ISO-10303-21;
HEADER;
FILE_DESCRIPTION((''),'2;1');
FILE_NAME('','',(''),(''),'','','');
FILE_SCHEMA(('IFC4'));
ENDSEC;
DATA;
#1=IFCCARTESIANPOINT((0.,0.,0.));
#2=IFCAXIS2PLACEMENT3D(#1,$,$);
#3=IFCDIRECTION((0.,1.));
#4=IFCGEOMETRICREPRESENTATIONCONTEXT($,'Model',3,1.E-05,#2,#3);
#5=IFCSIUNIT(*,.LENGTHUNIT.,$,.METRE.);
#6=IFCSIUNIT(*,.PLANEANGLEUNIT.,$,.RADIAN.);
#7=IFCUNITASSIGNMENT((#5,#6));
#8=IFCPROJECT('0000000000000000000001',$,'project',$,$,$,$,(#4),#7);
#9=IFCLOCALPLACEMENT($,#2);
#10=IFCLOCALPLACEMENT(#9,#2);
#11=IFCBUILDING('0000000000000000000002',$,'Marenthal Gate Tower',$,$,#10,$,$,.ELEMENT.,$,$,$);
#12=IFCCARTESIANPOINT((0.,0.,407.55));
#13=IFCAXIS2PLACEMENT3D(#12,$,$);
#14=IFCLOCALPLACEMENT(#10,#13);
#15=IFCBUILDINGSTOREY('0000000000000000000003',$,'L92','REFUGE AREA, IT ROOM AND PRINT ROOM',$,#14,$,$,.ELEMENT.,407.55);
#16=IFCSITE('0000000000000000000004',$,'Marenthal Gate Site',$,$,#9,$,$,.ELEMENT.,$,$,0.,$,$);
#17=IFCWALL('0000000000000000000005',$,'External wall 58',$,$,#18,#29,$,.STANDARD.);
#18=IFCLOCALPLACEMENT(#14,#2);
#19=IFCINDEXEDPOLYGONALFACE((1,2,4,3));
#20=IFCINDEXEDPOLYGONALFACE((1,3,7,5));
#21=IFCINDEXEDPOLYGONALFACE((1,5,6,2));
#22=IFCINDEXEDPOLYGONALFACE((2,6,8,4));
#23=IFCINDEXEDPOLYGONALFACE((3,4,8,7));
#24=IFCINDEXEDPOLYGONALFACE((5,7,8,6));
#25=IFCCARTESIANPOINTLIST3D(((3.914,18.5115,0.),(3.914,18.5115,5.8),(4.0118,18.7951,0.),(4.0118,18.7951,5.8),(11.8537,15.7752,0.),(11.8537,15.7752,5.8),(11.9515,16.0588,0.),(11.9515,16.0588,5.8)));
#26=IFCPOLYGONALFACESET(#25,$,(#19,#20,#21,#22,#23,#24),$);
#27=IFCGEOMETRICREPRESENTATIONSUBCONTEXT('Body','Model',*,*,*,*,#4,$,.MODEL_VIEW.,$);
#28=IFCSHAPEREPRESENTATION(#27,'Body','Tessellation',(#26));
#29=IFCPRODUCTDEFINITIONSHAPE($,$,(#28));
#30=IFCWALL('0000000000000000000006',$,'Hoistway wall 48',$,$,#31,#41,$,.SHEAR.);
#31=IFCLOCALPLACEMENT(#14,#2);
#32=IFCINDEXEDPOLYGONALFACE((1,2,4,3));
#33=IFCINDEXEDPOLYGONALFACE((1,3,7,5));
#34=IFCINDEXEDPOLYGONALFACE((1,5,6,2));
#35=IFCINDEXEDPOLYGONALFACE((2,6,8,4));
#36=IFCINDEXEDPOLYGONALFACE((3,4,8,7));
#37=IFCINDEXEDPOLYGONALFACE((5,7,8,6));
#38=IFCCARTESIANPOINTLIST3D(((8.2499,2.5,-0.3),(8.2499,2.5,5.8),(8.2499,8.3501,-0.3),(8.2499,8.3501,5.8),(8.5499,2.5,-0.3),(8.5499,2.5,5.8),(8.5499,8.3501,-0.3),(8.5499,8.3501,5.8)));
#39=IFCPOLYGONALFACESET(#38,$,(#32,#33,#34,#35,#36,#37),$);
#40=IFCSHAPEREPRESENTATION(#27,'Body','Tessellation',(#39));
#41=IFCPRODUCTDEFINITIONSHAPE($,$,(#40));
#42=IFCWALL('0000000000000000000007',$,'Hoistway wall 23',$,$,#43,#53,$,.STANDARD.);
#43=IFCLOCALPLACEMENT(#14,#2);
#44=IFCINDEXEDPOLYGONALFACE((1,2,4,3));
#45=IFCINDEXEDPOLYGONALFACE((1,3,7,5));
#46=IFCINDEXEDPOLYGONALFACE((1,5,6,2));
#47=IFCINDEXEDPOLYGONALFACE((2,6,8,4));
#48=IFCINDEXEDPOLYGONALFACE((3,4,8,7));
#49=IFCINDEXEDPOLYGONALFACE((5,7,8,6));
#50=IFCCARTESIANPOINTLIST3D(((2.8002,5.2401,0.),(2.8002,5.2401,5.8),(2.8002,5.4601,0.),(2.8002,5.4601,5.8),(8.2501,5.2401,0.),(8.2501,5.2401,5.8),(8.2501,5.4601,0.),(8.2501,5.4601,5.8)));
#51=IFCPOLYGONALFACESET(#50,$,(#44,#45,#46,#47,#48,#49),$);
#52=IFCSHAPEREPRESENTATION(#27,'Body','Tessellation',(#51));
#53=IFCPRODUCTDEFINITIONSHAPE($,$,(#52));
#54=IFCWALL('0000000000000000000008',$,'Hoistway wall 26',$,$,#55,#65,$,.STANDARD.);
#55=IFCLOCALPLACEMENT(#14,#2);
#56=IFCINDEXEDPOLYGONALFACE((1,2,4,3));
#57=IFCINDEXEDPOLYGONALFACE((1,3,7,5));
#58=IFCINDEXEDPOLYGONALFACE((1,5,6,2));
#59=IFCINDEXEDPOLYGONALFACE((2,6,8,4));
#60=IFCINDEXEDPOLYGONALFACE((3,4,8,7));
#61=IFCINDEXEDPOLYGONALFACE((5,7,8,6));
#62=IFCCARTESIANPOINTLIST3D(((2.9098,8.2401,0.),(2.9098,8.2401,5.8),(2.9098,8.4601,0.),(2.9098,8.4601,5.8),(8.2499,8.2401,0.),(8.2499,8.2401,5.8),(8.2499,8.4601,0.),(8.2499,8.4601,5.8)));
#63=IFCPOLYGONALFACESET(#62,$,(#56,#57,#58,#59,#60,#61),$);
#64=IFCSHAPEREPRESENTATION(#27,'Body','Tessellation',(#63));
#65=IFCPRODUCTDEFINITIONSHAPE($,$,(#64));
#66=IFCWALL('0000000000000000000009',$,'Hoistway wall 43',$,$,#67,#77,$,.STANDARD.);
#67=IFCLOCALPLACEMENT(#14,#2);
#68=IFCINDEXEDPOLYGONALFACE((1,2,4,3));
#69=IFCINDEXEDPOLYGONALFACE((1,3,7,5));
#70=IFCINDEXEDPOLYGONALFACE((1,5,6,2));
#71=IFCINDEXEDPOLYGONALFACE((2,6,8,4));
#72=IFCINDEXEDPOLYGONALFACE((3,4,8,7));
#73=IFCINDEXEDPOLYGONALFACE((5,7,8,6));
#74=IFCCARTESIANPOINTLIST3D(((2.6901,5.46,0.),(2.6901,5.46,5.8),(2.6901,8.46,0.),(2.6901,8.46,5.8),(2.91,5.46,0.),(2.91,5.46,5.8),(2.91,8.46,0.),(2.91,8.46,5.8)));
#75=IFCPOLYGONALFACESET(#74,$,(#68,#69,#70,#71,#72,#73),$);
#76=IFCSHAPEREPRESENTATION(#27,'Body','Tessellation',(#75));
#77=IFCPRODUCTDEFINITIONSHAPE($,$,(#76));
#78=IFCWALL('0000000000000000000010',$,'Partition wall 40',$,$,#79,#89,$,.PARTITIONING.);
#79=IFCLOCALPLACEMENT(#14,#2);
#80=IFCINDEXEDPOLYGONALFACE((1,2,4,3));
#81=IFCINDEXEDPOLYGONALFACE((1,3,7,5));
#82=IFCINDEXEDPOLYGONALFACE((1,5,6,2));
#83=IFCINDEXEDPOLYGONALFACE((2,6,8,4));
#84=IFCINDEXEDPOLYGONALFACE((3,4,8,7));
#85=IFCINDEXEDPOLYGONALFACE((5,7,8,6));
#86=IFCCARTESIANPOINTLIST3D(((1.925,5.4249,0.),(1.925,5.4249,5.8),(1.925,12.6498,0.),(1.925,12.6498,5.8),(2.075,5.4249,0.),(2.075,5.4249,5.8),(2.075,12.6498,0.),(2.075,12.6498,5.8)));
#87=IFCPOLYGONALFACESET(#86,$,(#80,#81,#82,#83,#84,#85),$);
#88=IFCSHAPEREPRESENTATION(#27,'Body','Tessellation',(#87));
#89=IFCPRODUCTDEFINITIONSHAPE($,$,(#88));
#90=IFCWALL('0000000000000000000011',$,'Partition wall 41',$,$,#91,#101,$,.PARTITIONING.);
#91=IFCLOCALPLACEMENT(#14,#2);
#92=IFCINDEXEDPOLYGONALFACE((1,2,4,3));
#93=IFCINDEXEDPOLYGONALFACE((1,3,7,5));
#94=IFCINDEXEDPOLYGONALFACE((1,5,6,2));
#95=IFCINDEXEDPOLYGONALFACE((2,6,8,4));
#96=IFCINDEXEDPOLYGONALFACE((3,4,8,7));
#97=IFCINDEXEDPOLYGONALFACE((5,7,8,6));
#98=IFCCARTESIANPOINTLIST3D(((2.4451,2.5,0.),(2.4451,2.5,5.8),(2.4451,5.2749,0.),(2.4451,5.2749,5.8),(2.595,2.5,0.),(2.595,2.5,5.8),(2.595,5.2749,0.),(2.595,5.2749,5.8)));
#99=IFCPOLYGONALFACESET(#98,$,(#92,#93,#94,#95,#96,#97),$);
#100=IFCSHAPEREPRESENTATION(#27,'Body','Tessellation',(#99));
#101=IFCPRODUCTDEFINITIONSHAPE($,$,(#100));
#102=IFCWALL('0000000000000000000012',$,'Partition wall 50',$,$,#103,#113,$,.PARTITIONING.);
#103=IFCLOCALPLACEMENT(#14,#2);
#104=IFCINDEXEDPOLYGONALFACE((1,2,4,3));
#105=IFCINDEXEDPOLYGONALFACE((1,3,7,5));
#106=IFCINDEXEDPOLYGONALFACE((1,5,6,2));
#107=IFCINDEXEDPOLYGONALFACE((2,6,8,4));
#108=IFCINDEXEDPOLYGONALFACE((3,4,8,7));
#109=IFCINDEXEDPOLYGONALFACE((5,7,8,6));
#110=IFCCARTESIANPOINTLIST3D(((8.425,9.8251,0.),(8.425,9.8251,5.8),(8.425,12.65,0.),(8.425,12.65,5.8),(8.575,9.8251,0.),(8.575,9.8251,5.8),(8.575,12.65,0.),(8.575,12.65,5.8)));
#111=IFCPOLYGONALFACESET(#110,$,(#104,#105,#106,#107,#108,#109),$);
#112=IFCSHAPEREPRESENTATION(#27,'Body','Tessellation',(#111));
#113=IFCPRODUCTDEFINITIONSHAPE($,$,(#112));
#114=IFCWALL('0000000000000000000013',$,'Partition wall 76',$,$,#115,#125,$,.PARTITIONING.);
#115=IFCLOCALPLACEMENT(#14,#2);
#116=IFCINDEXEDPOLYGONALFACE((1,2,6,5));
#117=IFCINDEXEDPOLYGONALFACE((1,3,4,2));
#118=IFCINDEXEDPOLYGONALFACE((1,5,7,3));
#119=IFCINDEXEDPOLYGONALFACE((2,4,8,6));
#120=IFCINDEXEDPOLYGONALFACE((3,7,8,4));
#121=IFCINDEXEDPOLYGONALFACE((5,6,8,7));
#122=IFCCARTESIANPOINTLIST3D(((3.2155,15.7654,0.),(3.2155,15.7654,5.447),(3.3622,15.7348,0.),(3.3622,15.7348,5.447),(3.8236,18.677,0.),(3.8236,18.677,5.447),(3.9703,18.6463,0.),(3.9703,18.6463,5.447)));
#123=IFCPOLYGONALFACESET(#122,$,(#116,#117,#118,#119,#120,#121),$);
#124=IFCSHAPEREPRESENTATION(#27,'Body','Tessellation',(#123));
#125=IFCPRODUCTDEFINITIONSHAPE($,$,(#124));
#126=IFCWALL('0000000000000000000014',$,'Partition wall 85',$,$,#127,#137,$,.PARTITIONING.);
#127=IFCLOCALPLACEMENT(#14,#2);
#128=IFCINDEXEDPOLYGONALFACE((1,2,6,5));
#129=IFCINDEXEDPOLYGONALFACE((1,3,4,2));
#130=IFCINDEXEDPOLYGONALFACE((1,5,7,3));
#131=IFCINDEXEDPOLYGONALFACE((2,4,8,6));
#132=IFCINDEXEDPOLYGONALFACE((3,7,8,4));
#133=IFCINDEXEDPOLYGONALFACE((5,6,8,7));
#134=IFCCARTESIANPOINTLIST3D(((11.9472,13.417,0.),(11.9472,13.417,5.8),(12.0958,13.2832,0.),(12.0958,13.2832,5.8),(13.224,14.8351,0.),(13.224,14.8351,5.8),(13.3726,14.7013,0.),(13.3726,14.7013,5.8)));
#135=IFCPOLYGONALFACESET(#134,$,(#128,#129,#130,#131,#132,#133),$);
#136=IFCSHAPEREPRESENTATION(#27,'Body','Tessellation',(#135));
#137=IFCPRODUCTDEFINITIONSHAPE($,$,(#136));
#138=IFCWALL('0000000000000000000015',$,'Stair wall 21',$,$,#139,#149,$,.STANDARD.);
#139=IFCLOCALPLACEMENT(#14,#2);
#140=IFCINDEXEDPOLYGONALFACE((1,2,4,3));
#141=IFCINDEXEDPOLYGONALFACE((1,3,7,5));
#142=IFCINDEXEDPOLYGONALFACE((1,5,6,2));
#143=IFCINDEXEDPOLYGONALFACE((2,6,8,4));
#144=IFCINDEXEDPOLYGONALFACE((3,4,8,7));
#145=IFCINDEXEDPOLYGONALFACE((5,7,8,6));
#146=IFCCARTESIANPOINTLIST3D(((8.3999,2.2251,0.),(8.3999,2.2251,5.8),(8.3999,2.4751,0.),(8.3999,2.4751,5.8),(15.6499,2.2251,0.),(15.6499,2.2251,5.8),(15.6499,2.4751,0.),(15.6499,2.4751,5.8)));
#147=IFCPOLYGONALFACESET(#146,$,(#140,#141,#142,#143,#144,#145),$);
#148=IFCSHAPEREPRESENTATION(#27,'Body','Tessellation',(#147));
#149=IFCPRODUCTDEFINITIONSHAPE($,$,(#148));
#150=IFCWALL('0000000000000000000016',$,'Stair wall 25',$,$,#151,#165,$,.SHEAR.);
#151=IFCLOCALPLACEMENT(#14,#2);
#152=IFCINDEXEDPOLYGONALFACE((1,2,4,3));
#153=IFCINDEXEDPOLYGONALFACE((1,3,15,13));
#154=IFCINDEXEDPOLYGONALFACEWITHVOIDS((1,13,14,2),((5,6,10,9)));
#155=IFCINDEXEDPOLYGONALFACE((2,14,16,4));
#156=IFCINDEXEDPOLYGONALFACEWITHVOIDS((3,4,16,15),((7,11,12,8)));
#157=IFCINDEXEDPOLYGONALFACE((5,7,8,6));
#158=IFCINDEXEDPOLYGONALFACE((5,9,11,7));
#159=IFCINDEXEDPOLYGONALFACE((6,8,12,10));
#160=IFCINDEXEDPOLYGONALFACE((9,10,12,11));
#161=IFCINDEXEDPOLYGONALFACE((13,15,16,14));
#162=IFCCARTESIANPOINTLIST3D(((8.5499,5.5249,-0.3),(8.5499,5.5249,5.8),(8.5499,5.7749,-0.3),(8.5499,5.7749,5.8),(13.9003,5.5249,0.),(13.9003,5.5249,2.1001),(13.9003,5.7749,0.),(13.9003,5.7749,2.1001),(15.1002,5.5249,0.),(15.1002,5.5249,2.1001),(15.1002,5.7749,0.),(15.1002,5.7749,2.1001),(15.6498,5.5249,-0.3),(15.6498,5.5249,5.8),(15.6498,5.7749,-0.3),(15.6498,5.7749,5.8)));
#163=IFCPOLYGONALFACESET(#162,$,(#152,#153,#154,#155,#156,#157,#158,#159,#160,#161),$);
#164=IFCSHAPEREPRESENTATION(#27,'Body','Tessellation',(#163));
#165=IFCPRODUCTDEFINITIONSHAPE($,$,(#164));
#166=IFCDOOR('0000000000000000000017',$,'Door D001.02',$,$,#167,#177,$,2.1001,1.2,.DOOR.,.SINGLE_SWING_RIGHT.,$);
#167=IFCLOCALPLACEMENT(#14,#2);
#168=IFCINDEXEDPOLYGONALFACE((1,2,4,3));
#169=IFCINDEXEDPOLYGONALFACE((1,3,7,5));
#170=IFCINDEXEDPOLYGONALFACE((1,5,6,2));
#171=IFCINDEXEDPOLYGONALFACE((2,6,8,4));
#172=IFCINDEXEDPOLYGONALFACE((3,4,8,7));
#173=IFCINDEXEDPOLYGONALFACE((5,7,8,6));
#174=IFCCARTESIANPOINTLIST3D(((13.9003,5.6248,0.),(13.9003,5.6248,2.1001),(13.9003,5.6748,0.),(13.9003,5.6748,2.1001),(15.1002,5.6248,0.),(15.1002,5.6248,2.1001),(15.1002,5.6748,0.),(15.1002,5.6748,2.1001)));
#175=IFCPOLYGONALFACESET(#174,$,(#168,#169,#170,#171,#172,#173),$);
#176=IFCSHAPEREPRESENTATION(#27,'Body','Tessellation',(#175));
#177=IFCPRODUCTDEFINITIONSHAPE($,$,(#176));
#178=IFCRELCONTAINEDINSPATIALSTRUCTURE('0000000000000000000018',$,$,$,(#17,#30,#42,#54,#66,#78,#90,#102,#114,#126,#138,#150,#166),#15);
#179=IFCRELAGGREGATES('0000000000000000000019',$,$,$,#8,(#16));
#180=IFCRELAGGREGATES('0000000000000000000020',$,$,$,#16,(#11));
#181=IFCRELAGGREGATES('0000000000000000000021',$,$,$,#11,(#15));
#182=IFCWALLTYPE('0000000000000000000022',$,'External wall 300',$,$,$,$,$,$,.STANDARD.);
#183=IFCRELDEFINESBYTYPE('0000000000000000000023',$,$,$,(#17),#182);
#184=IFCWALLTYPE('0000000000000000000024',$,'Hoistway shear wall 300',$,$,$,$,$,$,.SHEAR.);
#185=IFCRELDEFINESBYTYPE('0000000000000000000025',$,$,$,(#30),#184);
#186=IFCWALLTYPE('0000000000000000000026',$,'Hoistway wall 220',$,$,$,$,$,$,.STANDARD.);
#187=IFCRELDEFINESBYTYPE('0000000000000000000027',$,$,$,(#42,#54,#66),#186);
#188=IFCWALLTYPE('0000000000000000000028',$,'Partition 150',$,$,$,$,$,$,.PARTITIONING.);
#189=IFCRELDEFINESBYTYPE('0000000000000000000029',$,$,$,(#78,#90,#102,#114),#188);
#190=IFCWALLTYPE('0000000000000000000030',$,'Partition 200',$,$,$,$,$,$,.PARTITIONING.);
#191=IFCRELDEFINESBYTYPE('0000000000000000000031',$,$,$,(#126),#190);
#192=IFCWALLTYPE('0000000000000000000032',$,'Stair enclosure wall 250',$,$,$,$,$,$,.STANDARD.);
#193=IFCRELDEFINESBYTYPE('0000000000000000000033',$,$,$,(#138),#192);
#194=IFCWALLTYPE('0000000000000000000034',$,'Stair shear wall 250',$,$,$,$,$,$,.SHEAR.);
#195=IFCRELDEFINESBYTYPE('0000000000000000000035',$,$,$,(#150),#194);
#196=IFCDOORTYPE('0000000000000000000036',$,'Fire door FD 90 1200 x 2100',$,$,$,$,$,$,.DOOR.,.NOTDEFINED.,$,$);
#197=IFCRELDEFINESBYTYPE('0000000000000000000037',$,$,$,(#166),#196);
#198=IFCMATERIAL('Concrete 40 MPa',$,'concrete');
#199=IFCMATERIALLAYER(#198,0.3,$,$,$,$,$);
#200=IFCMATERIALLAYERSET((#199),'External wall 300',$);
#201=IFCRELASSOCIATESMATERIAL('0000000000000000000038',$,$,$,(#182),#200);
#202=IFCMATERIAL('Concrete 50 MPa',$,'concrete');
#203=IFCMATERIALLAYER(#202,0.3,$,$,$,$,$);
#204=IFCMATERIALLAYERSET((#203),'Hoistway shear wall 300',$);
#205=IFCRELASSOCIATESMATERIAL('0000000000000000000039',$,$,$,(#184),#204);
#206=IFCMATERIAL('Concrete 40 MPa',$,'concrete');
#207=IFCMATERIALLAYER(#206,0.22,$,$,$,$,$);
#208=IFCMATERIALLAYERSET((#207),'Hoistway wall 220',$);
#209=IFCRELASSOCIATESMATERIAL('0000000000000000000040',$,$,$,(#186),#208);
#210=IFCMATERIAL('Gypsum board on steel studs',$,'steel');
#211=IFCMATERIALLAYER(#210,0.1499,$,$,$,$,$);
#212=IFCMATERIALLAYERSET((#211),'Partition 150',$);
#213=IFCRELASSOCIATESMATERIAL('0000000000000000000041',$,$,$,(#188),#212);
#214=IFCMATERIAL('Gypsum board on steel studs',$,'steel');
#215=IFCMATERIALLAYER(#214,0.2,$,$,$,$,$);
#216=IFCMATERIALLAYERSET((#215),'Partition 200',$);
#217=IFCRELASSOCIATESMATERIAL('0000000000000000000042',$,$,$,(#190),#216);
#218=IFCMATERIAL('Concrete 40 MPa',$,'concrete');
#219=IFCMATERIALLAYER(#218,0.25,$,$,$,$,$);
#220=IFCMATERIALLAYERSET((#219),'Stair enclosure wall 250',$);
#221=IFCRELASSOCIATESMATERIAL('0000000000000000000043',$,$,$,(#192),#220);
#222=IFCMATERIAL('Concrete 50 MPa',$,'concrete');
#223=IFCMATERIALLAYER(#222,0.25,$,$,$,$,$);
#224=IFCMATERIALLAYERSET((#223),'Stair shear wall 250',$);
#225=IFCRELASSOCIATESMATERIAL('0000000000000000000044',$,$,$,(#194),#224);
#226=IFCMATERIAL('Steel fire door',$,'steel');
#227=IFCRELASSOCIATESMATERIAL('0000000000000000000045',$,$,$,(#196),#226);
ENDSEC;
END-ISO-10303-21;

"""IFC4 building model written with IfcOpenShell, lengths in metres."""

from ifc_helpers import new_model, si_unit, direction, frame, frame_2d, origin, place, context, subcontext, project, spatial, rectangle, extrude, material, layer, layer_set, type_object, element, fill, save


model = new_model("IFC4")

# Units and contexts
model_context = context("Model", 3, precision=1e-05, world=origin(), true_north=direction((0.0, 1.0)))
body_context = subcontext(model_context, "Body", "Model", "MODEL_VIEW")
ifc_project = project(units=[si_unit("LENGTHUNIT", "METRE"), si_unit("PLANEANGLEUNIT", "RADIAN")], contexts=[model_context])

# Site, building, storey
site_placement = place(None, origin())
site = spatial("IfcSite", under=ifc_project, at=site_placement, Name="Marenthal Gate Site", CompositionType="ELEMENT", RefElevation=0.0)
building_placement = place(site_placement, origin())
building = spatial("IfcBuilding", under=site, at=building_placement, Name="Marenthal Gate Tower", CompositionType="ELEMENT")
storey_placement = place(building_placement, frame((0.0, 0.0, 407.55)))
storey = spatial("IfcBuildingStorey", under=building, at=storey_placement, Name="L92", Description="REFUGE AREA, IT ROOM AND PRINT ROOM", CompositionType="ELEMENT", Elevation=407.55)

# Walls
ifc_material_1 = material(Name="Concrete 40 MPa", Category="concrete")
ifc_layer_1 = layer(ifc_material_1, 0.3)
ifc_layer_set_1 = layer_set([ifc_layer_1], Name="External wall 300")
wall_type_1 = type_object("IfcWallType", Name="External wall 300", PredefinedType="STANDARD", material=ifc_layer_set_1)
wall_1_placement = place(storey_placement, frame((11.9026, 15.917, 0.0), z_axis=(0.0, 0.0, 1.0), x_axis=(-0.945428, 0.325831, 0.0)))
element("IfcWall", 1, at=wall_1_placement, inside=storey, type_object=wall_type_1, Name="External wall 58", PredefinedType="STANDARD", context=body_context, shape_type="SweptSolid", body=[
    extrude(rectangle(XDim=8.3979, YDim=0.3, at=frame_2d((4.199, 0.0))), origin(), (0.0, 0.0, 1.0), 5.8),
])
ifc_material_2 = material(Name="Concrete 50 MPa", Category="concrete")
ifc_layer_2 = layer(ifc_material_2, 0.3)
ifc_layer_set_2 = layer_set([ifc_layer_2], Name="Hoistway shear wall 300")
wall_type_2 = type_object("IfcWallType", Name="Hoistway shear wall 300", PredefinedType="SHEAR", material=ifc_layer_set_2)
wall_2_placement = place(storey_placement, frame((8.3999, 2.5, -0.3), z_axis=(0.0, 0.0, 1.0), x_axis=(0.0, 1.0, 0.0)))
element("IfcWall", 2, at=wall_2_placement, inside=storey, type_object=wall_type_2, Name="Hoistway wall 48", PredefinedType="SHEAR", context=body_context, shape_type="SweptSolid", body=[
    extrude(rectangle(XDim=5.8501, YDim=0.3, at=frame_2d((2.925, 0.0))), origin(), (0.0, 0.0, 1.0), 6.1001),
])
ifc_material_3 = material(Name="Concrete 40 MPa", Category="concrete")
ifc_layer_3 = layer(ifc_material_3, 0.22)
ifc_layer_set_3 = layer_set([ifc_layer_3], Name="Hoistway wall 220")
wall_type_3 = type_object("IfcWallType", Name="Hoistway wall 220", PredefinedType="STANDARD", material=ifc_layer_set_3)
wall_3_placement = place(storey_placement, frame((2.8, 5.3501, 0.0), z_axis=(0.0, 0.0, 1.0), x_axis=(1.0, 0.0, 0.0)))
element("IfcWall", 3, at=wall_3_placement, inside=storey, type_object=wall_type_3, Name="Hoistway wall 23", PredefinedType="STANDARD", context=body_context, shape_type="SweptSolid", body=[
    extrude(rectangle(XDim=5.45, YDim=0.22, at=frame_2d((2.7251, 0.0))), origin(), (0.0, 0.0, 1.0), 5.8),
])
wall_4_placement = place(storey_placement, frame((2.9099, 8.3501, 0.0), z_axis=(0.0, 0.0, 1.0), x_axis=(1.0, 0.0, 0.0)))
element("IfcWall", 4, at=wall_4_placement, inside=storey, type_object=wall_type_3, Name="Hoistway wall 26", PredefinedType="STANDARD", context=body_context, shape_type="SweptSolid", body=[
    extrude(rectangle(XDim=5.3401, YDim=0.22, at=frame_2d((2.6699, 0.0))), origin(), (0.0, 0.0, 1.0), 5.8),
])
wall_5_placement = place(storey_placement, frame((2.8, 5.46, 0.0), z_axis=(0.0, 0.0, 1.0), x_axis=(0.0, 1.0, 0.0)))
element("IfcWall", 5, at=wall_5_placement, inside=storey, type_object=wall_type_3, Name="Hoistway wall 43", PredefinedType="STANDARD", context=body_context, shape_type="SweptSolid", body=[
    extrude(rectangle(XDim=3.0, YDim=0.22, at=frame_2d((1.5, 0.0))), origin(), (0.0, 0.0, 1.0), 5.8),
])
ifc_material_4 = material(Name="Gypsum board on steel studs", Category="steel")
ifc_layer_4 = layer(ifc_material_4, 0.1499)
ifc_layer_set_4 = layer_set([ifc_layer_4], Name="Partition 150")
wall_type_4 = type_object("IfcWallType", Name="Partition 150", PredefinedType="PARTITIONING", material=ifc_layer_set_4)
wall_6_placement = place(storey_placement, frame((2.0, 5.425, 0.0), z_axis=(0.0, 0.0, 1.0), x_axis=(0.0, 1.0, 0.0)))
element("IfcWall", 6, at=wall_6_placement, inside=storey, type_object=wall_type_4, Name="Partition wall 40", PredefinedType="PARTITIONING", context=body_context, shape_type="SweptSolid", body=[
    extrude(rectangle(XDim=7.2249, YDim=0.1499, at=frame_2d((3.6123, 0.0))), origin(), (0.0, 0.0, 1.0), 5.8),
])
wall_7_placement = place(storey_placement, frame((2.52, 2.5, 0.0), z_axis=(0.0, 0.0, 1.0), x_axis=(0.0, 1.0, 0.0)))
element("IfcWall", 7, at=wall_7_placement, inside=storey, type_object=wall_type_4, Name="Partition wall 41", PredefinedType="PARTITIONING", context=body_context, shape_type="SweptSolid", body=[
    extrude(rectangle(XDim=2.7749, YDim=0.1499, at=frame_2d((1.3875, 0.0))), origin(), (0.0, 0.0, 1.0), 5.8),
])
wall_8_placement = place(storey_placement, frame((8.5, 9.825, 0.0), z_axis=(0.0, 0.0, 1.0), x_axis=(0.0, 1.0, 0.0)))
element("IfcWall", 8, at=wall_8_placement, inside=storey, type_object=wall_type_4, Name="Partition wall 50", PredefinedType="PARTITIONING", context=body_context, shape_type="SweptSolid", body=[
    extrude(rectangle(XDim=2.825, YDim=0.1499, at=frame_2d((1.4126, 0.0))), origin(), (0.0, 0.0, 1.0), 5.8),
])
wall_9_placement = place(storey_placement, frame((3.2888, 15.75, 0.0), z_axis=(0.0, 0.0, 1.0), x_axis=(0.204459, 0.978875, 0.0)))
element("IfcWall", 9, at=wall_9_placement, inside=storey, type_object=wall_type_4, Name="Partition wall 76", PredefinedType="PARTITIONING", context=body_context, shape_type="SweptSolid", body=[
    extrude(rectangle(XDim=2.9744, YDim=0.1499, at=frame_2d((1.4873, 0.0))), origin(), (0.0, 0.0, 1.0), 5.447),
])
ifc_material_5 = material(Name="Gypsum board on steel studs", Category="steel")
ifc_layer_5 = layer(ifc_material_5, 0.2)
ifc_layer_set_5 = layer_set([ifc_layer_5], Name="Partition 200")
wall_type_5 = type_object("IfcWallType", Name="Partition 200", PredefinedType="PARTITIONING", material=ifc_layer_set_5)
wall_10_placement = place(storey_placement, frame((12.0215, 13.3501, 0.0), z_axis=(0.0, 0.0, 1.0), x_axis=(0.669099, 0.743173, 0.0)))
element("IfcWall", 10, at=wall_10_placement, inside=storey, type_object=wall_type_5, Name="Partition wall 85", PredefinedType="PARTITIONING", context=body_context, shape_type="SweptSolid", body=[
    extrude(rectangle(XDim=1.9082, YDim=0.2, at=frame_2d((0.9541, 0.0))), origin(), (0.0, 0.0, 1.0), 5.8),
])
ifc_material_6 = material(Name="Concrete 40 MPa", Category="concrete")
ifc_layer_6 = layer(ifc_material_6, 0.25)
ifc_layer_set_6 = layer_set([ifc_layer_6], Name="Stair enclosure wall 250")
wall_type_6 = type_object("IfcWallType", Name="Stair enclosure wall 250", PredefinedType="STANDARD", material=ifc_layer_set_6)
wall_11_placement = place(storey_placement, frame((8.3999, 2.3501, 0.0), z_axis=(0.0, 0.0, 1.0), x_axis=(1.0, 0.0, 0.0)))
element("IfcWall", 11, at=wall_11_placement, inside=storey, type_object=wall_type_6, Name="Stair wall 21", PredefinedType="STANDARD", context=body_context, shape_type="SweptSolid", body=[
    extrude(rectangle(XDim=7.25, YDim=0.25, at=frame_2d((3.625, 0.0))), origin(), (0.0, 0.0, 1.0), 5.8),
])

# Wall, opening, door
ifc_material_7 = material(Name="Concrete 50 MPa", Category="concrete")
ifc_layer_7 = layer(ifc_material_7, 0.25)
ifc_layer_set_7 = layer_set([ifc_layer_7], Name="Stair shear wall 250")
wall_type_7 = type_object("IfcWallType", Name="Stair shear wall 250", PredefinedType="SHEAR", material=ifc_layer_set_7)
wall_12_placement = place(storey_placement, frame((8.55, 5.6499, -0.3), z_axis=(0.0, 0.0, 1.0), x_axis=(1.0, 0.0, 0.0)))
wall_12 = element("IfcWall", 12, at=wall_12_placement, inside=storey, type_object=wall_type_7, Name="Stair wall 25", PredefinedType="SHEAR", context=body_context, shape_type="SweptSolid", body=[
    extrude(rectangle(XDim=7.0999, YDim=0.25, at=frame_2d((3.5498, 0.0))), origin(), (0.0, 0.0, 1.0), 6.1001),
])
opening_placement = place(wall_12_placement, frame((5.3501, 0.0, 0.3)))
opening = element("IfcOpeningElement", 13, at=opening_placement, cuts=wall_12, PredefinedType="OPENING", context=body_context, shape_type="SweptSolid", body=[
    extrude(rectangle(XDim=1.2, YDim=2.1001, at=frame_2d((0.6001, 1.05))), frame((0.0, 0.135, 0.0), z_axis=(0.0, -1.0, 0.0), x_axis=(1.0, 0.0, 0.0)), (0.0, 0.0, 1.0), 0.27),
])
ifc_material_8 = material(Name="Steel fire door", Category="steel")
door_type = type_object("IfcDoorType", Name="Fire door FD 90 1200 x 2100", OperationType="NOTDEFINED", PredefinedType="DOOR", material=ifc_material_8)
door_placement = place(opening_placement, origin())
door = element("IfcDoor", 14, at=door_placement, inside=storey, type_object=door_type, Name="Door D001.02", OperationType="SINGLE_SWING_RIGHT", OverallHeight=2.1001, OverallWidth=1.2, PredefinedType="DOOR", context=body_context, shape_type="SweptSolid", body=[
    extrude(rectangle(XDim=1.2, YDim=2.1001, at=frame_2d((0.6001, 1.05))), frame((0.0, 0.0249, 0.0), z_axis=(0.0, -1.0, 0.0), x_axis=(1.0, 0.0, 0.0)), (0.0, 0.0, 1.0), 0.05),
])
fill(opening, door)

save(model, "model.ifc")
